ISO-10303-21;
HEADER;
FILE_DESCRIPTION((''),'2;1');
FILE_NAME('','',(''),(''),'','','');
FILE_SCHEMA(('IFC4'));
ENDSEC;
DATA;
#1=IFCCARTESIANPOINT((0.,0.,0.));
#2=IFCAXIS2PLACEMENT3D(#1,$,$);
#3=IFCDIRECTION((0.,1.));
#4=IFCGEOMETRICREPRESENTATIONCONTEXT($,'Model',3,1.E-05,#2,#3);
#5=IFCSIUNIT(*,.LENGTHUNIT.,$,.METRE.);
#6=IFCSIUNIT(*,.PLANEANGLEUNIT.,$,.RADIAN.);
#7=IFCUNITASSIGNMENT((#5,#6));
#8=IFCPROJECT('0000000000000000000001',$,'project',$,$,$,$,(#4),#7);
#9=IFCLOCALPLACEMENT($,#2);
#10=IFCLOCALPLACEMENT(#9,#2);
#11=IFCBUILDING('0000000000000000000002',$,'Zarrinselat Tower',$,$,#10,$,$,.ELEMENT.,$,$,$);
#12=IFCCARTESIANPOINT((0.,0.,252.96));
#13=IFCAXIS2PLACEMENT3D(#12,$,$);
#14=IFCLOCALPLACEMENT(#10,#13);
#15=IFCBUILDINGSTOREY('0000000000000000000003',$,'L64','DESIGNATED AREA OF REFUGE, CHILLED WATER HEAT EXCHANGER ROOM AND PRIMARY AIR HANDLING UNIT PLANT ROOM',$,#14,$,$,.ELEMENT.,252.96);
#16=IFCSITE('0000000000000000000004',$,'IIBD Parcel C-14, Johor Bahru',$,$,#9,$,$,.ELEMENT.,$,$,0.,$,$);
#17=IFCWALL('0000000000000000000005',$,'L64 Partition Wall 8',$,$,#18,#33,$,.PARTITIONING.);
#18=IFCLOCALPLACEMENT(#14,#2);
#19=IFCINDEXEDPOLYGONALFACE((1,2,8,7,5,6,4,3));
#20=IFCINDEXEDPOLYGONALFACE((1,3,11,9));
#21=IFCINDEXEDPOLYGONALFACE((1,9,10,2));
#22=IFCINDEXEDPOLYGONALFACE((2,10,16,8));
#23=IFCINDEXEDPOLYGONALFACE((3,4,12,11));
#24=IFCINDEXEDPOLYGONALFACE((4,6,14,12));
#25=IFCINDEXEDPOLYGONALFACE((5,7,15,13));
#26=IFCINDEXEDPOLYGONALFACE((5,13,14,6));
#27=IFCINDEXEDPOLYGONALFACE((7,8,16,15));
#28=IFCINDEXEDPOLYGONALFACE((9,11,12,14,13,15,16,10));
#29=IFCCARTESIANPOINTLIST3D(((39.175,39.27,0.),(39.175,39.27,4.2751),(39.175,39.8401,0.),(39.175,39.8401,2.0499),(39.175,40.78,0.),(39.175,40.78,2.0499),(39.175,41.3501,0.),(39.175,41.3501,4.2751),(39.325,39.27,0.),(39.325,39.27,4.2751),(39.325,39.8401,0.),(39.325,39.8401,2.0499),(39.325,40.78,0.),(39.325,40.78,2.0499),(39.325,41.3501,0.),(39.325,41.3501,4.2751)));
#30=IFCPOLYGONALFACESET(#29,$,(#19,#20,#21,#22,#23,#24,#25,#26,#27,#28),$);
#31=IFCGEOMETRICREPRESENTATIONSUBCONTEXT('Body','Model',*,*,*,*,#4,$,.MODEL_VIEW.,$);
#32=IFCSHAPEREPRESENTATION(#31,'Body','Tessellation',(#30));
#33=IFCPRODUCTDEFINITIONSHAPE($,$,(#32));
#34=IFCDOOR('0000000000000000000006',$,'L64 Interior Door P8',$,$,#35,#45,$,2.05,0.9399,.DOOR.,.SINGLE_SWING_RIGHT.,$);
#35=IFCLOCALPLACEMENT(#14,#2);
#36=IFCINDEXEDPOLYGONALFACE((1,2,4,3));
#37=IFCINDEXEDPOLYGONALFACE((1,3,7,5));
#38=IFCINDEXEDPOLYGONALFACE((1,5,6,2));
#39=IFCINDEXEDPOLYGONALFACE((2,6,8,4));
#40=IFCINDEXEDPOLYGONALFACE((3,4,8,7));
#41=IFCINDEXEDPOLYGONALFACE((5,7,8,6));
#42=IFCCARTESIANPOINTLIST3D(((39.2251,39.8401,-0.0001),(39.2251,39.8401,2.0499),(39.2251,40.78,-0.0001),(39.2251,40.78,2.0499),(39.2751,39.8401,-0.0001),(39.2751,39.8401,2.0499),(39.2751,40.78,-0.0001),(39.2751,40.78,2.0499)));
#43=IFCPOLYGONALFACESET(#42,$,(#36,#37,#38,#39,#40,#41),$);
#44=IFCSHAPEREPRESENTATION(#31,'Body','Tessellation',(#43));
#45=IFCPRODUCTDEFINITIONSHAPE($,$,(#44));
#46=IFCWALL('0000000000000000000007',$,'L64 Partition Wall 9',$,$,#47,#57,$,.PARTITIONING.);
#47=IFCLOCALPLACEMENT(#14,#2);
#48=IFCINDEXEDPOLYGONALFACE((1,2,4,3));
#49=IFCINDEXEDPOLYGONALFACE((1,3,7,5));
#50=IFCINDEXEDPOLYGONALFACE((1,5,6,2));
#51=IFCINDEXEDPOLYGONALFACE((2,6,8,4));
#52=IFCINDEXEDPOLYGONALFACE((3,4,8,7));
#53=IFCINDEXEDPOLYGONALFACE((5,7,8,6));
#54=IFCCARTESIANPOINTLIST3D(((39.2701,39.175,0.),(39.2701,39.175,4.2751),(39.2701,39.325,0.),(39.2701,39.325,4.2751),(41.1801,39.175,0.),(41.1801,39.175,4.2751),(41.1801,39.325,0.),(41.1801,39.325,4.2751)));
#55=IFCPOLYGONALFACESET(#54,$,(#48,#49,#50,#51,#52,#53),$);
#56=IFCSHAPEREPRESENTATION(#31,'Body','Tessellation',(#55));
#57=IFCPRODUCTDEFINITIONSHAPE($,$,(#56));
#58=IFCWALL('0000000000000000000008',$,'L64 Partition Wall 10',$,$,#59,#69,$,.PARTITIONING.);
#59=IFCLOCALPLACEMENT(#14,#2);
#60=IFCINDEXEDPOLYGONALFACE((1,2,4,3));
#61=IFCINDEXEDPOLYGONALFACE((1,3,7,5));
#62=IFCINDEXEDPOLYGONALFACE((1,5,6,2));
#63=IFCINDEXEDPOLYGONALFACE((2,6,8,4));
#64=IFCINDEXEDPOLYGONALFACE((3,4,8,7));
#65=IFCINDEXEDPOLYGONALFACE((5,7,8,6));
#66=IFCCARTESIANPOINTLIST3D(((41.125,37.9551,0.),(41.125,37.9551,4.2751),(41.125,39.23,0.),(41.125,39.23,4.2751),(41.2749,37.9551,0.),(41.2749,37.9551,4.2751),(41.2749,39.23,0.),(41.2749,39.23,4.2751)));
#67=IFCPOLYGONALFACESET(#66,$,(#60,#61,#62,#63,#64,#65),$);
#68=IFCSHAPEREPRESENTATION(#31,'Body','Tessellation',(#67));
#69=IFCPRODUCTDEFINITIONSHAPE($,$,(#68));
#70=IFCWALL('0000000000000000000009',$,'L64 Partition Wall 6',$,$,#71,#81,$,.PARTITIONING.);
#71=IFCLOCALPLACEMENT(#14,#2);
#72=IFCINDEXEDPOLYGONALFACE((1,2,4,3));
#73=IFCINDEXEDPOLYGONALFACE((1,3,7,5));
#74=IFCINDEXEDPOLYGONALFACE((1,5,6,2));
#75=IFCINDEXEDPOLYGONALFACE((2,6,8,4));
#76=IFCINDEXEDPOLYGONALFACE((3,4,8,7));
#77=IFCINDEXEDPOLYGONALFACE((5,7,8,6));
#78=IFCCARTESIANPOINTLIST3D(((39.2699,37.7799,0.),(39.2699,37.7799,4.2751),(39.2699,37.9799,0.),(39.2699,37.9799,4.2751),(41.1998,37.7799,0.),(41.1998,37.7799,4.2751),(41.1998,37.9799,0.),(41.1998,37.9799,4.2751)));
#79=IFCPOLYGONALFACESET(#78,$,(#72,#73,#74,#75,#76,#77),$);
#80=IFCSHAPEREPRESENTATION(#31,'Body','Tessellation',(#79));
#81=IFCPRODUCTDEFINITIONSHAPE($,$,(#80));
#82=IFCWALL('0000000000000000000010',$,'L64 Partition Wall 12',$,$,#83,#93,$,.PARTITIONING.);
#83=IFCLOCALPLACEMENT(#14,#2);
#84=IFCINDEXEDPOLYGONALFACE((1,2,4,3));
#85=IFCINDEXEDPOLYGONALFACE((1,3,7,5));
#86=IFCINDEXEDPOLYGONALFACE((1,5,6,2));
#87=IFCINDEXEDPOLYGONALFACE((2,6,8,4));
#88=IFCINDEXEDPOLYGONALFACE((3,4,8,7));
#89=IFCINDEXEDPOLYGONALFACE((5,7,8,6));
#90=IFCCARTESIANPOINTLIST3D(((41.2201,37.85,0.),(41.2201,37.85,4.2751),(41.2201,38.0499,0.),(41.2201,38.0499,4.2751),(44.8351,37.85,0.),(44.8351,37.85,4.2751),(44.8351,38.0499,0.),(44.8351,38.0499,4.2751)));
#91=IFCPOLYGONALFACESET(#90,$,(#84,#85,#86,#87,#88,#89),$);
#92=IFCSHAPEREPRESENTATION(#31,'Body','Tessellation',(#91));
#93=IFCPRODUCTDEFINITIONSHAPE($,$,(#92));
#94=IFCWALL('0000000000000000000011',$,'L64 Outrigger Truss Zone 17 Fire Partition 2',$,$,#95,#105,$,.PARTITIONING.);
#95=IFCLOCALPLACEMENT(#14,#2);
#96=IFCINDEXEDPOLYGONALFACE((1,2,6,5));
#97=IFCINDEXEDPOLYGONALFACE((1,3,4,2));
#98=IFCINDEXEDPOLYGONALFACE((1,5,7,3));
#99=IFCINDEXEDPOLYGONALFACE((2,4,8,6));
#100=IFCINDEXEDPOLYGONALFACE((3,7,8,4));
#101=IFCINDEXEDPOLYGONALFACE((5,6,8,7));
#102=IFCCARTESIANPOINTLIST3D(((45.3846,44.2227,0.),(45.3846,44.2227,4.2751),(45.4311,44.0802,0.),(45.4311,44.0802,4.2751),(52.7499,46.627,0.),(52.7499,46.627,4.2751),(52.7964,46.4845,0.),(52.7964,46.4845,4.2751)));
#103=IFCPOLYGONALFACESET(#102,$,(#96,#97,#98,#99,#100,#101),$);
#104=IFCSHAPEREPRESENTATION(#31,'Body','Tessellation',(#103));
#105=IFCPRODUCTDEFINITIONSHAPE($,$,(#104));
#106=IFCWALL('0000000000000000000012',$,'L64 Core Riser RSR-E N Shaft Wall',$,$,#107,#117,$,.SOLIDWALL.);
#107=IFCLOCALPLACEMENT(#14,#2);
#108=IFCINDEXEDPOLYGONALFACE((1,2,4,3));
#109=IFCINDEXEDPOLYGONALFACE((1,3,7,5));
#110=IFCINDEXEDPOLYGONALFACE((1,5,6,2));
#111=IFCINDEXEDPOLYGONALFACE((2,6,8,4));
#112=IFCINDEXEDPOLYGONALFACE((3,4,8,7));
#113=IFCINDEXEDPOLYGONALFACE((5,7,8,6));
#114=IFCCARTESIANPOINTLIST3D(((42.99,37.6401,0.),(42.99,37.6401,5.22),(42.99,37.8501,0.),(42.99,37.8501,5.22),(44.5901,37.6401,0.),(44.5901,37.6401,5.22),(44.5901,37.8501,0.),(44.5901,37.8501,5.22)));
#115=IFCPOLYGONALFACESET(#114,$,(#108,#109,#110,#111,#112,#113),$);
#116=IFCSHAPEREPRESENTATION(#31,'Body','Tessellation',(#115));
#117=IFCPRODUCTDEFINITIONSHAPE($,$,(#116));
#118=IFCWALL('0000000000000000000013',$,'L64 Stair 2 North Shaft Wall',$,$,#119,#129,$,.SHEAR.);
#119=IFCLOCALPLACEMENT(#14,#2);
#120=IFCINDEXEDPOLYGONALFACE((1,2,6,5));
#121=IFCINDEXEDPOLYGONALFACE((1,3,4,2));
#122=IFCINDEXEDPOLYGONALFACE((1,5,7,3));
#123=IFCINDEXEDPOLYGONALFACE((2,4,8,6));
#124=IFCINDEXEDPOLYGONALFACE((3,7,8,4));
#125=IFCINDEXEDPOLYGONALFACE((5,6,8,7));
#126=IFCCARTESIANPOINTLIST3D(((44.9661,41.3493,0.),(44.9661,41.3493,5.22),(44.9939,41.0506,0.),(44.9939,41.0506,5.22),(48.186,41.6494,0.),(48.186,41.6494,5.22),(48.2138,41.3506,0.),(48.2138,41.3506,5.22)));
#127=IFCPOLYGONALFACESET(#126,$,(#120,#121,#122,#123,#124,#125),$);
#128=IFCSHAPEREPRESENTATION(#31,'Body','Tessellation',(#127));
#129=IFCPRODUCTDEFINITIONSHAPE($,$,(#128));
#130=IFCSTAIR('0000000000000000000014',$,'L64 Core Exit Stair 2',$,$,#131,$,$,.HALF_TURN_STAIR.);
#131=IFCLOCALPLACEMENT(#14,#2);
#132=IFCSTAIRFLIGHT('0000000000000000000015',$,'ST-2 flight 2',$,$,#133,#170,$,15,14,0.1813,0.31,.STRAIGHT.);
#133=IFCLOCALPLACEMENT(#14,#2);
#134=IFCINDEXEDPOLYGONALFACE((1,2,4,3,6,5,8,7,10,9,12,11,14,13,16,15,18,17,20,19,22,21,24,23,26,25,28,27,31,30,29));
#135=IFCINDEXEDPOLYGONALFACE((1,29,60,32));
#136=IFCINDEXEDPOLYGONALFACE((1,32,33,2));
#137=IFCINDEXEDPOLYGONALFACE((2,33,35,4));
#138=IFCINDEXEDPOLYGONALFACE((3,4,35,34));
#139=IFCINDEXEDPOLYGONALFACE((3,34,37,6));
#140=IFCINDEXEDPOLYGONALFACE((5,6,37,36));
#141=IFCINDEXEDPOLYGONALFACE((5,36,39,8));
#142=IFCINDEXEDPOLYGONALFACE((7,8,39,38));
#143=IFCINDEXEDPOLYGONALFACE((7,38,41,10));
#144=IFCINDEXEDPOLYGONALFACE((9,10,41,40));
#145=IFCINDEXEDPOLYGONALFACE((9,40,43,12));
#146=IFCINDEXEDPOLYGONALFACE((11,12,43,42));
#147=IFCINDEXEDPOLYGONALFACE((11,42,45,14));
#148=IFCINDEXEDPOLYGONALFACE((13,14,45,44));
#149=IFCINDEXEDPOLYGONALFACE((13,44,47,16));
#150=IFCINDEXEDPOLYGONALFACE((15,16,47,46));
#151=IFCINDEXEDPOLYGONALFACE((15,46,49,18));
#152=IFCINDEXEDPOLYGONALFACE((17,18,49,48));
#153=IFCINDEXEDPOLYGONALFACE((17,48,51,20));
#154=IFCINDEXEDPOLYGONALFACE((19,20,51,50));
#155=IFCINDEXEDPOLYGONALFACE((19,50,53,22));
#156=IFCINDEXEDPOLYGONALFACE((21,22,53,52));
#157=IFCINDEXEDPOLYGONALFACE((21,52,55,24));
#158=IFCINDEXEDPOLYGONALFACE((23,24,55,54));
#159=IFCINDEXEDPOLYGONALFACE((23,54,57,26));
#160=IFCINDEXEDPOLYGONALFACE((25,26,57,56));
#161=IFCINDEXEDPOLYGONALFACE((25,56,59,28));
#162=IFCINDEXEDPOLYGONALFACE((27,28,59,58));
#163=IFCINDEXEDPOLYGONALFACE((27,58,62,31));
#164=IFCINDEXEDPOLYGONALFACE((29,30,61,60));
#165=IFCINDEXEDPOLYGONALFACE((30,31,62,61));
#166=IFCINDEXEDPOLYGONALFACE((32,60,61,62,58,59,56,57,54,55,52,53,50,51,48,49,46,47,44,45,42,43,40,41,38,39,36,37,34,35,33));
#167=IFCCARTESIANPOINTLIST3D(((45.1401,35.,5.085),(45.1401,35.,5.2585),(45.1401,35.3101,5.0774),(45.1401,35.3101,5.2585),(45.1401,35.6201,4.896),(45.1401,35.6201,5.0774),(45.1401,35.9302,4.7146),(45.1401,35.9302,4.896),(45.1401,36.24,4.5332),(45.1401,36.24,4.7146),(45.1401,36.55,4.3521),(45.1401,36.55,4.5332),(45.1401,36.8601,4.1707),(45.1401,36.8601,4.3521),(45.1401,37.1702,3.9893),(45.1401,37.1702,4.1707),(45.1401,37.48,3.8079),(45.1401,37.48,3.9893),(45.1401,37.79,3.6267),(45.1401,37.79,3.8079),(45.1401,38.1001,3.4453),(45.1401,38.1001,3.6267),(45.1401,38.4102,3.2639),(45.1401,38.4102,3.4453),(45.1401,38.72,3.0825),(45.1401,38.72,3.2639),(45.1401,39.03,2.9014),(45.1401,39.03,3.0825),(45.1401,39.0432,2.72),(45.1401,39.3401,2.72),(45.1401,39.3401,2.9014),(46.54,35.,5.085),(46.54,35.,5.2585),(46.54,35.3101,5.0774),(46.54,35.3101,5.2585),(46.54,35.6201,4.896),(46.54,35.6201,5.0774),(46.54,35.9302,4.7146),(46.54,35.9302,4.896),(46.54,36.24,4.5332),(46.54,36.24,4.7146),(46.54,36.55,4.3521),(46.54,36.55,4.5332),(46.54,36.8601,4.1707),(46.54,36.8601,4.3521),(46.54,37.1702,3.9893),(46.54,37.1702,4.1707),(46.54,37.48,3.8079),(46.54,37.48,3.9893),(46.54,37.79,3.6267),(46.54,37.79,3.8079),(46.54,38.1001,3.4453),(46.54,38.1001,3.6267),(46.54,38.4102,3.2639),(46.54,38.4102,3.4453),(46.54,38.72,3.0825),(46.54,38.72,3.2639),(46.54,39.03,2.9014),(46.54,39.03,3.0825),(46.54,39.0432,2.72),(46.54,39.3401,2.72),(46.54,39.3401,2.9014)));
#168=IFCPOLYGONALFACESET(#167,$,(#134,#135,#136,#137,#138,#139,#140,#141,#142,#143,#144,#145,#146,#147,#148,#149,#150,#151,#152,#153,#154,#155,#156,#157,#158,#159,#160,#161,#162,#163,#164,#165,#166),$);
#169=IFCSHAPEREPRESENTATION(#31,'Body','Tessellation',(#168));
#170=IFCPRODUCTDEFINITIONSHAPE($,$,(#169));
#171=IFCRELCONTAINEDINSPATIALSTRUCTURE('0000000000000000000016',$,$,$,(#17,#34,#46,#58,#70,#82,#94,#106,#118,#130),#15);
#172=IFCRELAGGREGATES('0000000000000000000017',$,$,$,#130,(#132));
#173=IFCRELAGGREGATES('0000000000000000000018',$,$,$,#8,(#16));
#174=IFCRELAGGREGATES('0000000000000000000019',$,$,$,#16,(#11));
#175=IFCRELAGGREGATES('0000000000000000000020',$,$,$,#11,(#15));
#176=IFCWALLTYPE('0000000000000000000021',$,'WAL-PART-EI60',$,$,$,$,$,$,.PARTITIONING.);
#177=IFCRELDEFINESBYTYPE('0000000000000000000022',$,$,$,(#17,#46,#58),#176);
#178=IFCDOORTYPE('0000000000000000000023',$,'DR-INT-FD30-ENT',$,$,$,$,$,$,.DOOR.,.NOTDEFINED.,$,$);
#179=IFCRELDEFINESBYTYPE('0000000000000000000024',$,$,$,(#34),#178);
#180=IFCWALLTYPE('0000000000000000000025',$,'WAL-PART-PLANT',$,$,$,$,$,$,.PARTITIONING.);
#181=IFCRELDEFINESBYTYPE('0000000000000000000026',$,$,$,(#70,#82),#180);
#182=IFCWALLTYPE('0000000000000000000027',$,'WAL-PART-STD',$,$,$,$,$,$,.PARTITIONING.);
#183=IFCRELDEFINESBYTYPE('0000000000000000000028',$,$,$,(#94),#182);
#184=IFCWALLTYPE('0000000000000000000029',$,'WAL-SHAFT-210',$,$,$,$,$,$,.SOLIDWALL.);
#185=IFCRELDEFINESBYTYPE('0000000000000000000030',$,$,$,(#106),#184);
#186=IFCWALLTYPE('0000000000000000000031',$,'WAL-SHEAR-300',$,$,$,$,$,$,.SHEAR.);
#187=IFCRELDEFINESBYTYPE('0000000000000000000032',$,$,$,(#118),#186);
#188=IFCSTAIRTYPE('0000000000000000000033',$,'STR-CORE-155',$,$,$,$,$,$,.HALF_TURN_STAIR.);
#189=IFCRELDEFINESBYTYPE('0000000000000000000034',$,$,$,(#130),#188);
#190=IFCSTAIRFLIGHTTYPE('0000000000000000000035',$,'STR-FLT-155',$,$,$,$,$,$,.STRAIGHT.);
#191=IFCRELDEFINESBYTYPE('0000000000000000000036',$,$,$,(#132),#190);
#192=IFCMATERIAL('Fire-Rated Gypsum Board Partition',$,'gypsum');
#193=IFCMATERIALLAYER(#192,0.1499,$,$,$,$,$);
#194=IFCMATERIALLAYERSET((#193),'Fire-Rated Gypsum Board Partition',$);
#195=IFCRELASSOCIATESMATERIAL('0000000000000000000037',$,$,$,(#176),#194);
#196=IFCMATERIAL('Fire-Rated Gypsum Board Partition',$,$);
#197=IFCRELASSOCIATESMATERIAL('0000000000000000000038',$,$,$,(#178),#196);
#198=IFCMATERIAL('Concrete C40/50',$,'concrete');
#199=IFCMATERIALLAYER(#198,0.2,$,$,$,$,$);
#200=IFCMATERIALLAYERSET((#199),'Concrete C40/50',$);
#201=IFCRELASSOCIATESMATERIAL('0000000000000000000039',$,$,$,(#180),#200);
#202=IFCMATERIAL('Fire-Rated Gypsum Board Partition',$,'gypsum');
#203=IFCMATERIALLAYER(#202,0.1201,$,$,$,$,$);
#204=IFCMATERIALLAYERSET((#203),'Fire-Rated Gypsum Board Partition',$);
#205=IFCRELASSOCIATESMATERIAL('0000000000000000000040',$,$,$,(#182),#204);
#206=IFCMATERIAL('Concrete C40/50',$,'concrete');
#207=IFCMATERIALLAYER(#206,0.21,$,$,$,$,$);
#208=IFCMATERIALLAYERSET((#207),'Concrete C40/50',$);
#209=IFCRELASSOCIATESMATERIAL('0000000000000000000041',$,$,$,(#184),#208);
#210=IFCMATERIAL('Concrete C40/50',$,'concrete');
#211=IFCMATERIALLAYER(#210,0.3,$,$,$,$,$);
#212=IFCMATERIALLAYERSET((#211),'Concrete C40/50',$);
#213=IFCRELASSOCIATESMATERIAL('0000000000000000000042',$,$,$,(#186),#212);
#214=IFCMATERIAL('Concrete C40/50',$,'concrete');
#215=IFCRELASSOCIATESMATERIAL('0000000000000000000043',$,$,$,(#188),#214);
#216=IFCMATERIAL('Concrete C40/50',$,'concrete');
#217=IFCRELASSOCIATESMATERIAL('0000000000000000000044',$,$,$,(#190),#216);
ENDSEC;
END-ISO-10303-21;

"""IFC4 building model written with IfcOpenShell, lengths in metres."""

from ifc_helpers import new_model, si_unit, direction, frame, frame_2d, origin, place, context, subcontext, project, spatial, polyline, rectangle, outline, extrude, material, layer, layer_set, type_object, element, fill, aggregate, save


model = new_model("IFC4")

# Units and contexts
model_context = context("Model", 3, precision=1e-05, world=origin(), true_north=direction((0.0, 1.0)))
body_context = subcontext(model_context, "Body", "Model", "MODEL_VIEW")
ifc_project = project(units=[si_unit("LENGTHUNIT", "METRE"), si_unit("PLANEANGLEUNIT", "RADIAN")], contexts=[model_context])

# Site, building, storey
site_placement = place(None, origin())
site = spatial("IfcSite", under=ifc_project, at=site_placement, Name="IIBD Parcel C-14, Johor Bahru", CompositionType="ELEMENT", RefElevation=0.0)
building_placement = place(site_placement, origin())
building = spatial("IfcBuilding", under=site, at=building_placement, Name="Zarrinselat Tower", CompositionType="ELEMENT")
storey_placement = place(building_placement, frame((0.0, 0.0, 252.96)))
storey = spatial("IfcBuildingStorey", under=building, at=storey_placement, Name="L64", Description="DESIGNATED AREA OF REFUGE, CHILLED WATER HEAT EXCHANGER ROOM AND PRIMARY AIR HANDLING UNIT PLANT ROOM", CompositionType="ELEMENT", Elevation=252.96)

# Wall, opening, door
ifc_material_1 = material(Name="Fire-Rated Gypsum Board Partition", Category="gypsum")
ifc_layer_1 = layer(ifc_material_1, 0.1499)
ifc_layer_set_1 = layer_set([ifc_layer_1], Name="Fire-Rated Gypsum Board Partition")
wall_type_1 = type_object("IfcWallType", Name="WAL-PART-EI60", PredefinedType="PARTITIONING", material=ifc_layer_set_1)
wall_1_placement = place(storey_placement, frame((39.25, 39.27, 0.0), z_axis=(0.0, 0.0, 1.0), x_axis=(0.0, 1.0, 0.0)))
wall_1 = element("IfcWall", 1, at=wall_1_placement, inside=storey, type_object=wall_type_1, Name="L64 Partition Wall 8", PredefinedType="PARTITIONING", context=body_context, shape_type="SweptSolid", body=[
    extrude(rectangle(XDim=2.0801, YDim=0.1499, at=frame_2d((1.04, 0.0))), origin(), (0.0, 0.0, 1.0), 4.2751),
])
opening_placement = place(wall_1_placement, frame((0.5701, 0.0, 0.0)))
opening = element("IfcOpeningElement", 2, at=opening_placement, cuts=wall_1, PredefinedType="OPENING", context=body_context, shape_type="SweptSolid", body=[
    extrude(rectangle(XDim=0.9399, YDim=2.05, at=frame_2d((0.47, 1.0249))), frame((0.0, 0.085, 0.0), z_axis=(0.0, -1.0, 0.0), x_axis=(1.0, 0.0, 0.0)), (0.0, 0.0, 1.0), 0.1699),
])
ifc_material_2 = material(Name="Fire-Rated Gypsum Board Partition")
door_type = type_object("IfcDoorType", Name="DR-INT-FD30-ENT", OperationType="NOTDEFINED", PredefinedType="DOOR", material=ifc_material_2)
door_placement = place(opening_placement, origin())
door = element("IfcDoor", 3, at=door_placement, inside=storey, type_object=door_type, Name="L64 Interior Door P8", OperationType="SINGLE_SWING_RIGHT", OverallHeight=2.05, OverallWidth=0.9399, PredefinedType="DOOR", context=body_context, shape_type="SweptSolid", body=[
    extrude(rectangle(XDim=0.9399, YDim=2.05, at=frame_2d((0.47, 1.0249))), frame((0.0, 0.0249, 0.0), z_axis=(0.0, -1.0, 0.0), x_axis=(1.0, 0.0, 0.0)), (0.0, 0.0, 1.0), 0.05),
])
fill(opening, door)

# Walls
wall_2_placement = place(storey_placement, frame((39.27, 39.25, 0.0), z_axis=(0.0, 0.0, 1.0), x_axis=(1.0, 0.0, 0.0)))
element("IfcWall", 4, at=wall_2_placement, inside=storey, type_object=wall_type_1, Name="L64 Partition Wall 9", PredefinedType="PARTITIONING", context=body_context, shape_type="SweptSolid", body=[
    extrude(rectangle(XDim=1.9099, YDim=0.1499, at=frame_2d((0.9551, 0.0))), origin(), (0.0, 0.0, 1.0), 4.2751),
])
wall_3_placement = place(storey_placement, frame((41.2, 37.9551, 0.0), z_axis=(0.0, 0.0, 1.0), x_axis=(0.0, 1.0, 0.0)))
element("IfcWall", 5, at=wall_3_placement, inside=storey, type_object=wall_type_1, Name="L64 Partition Wall 10", PredefinedType="PARTITIONING", context=body_context, shape_type="SweptSolid", body=[
    extrude(rectangle(XDim=1.2749, YDim=0.1499, at=frame_2d((0.6375, 0.0))), origin(), (0.0, 0.0, 1.0), 4.2751),
])
ifc_material_3 = material(Name="Concrete C40/50", Category="concrete")
ifc_layer_2 = layer(ifc_material_3, 0.2)
ifc_layer_set_2 = layer_set([ifc_layer_2], Name="Concrete C40/50")
wall_type_2 = type_object("IfcWallType", Name="WAL-PART-PLANT", PredefinedType="PARTITIONING", material=ifc_layer_set_2)
wall_4_placement = place(storey_placement, frame((39.27, 37.8799, 0.0), z_axis=(0.0, 0.0, 1.0), x_axis=(1.0, 0.0, 0.0)))
element("IfcWall", 6, at=wall_4_placement, inside=storey, type_object=wall_type_2, Name="L64 Partition Wall 6", PredefinedType="PARTITIONING", context=body_context, shape_type="SweptSolid", body=[
    extrude(rectangle(XDim=1.9299, YDim=0.2, at=frame_2d((0.9648, 0.0))), origin(), (0.0, 0.0, 1.0), 4.2751),
])
wall_5_placement = place(storey_placement, frame((41.22, 37.95, 0.0), z_axis=(0.0, 0.0, 1.0), x_axis=(1.0, 0.0, 0.0)))
element("IfcWall", 7, at=wall_5_placement, inside=storey, type_object=wall_type_2, Name="L64 Partition Wall 12", PredefinedType="PARTITIONING", context=body_context, shape_type="SweptSolid", body=[
    extrude(rectangle(XDim=3.615, YDim=0.2, at=frame_2d((1.8076, 0.0))), origin(), (0.0, 0.0, 1.0), 4.2751),
])
ifc_material_4 = material(Name="Fire-Rated Gypsum Board Partition", Category="gypsum")
ifc_layer_3 = layer(ifc_material_4, 0.1201)
ifc_layer_set_3 = layer_set([ifc_layer_3], Name="Fire-Rated Gypsum Board Partition")
wall_type_3 = type_object("IfcWallType", Name="WAL-PART-STD", PredefinedType="PARTITIONING", material=ifc_layer_set_3)
wall_6_placement = place(storey_placement, frame((45.4077, 44.1514, 0.0), z_axis=(0.0, 0.0, 1.0), x_axis=(0.950631, 0.310323, 0.0)))
element("IfcWall", 8, at=wall_6_placement, inside=storey, type_object=wall_type_3, Name="L64 Outrigger Truss Zone 17 Fire Partition 2", PredefinedType="PARTITIONING", context=body_context, shape_type="SweptSolid", body=[
    extrude(rectangle(XDim=7.7478, YDim=0.1499, at=frame_2d((3.874, 0.0))), origin(), (0.0, 0.0, 1.0), 4.2751),
])
ifc_material_5 = material(Name="Concrete C40/50", Category="concrete")
ifc_layer_4 = layer(ifc_material_5, 0.21)
ifc_layer_set_4 = layer_set([ifc_layer_4], Name="Concrete C40/50")
wall_type_4 = type_object("IfcWallType", Name="WAL-SHAFT-210", PredefinedType="SOLIDWALL", material=ifc_layer_set_4)
wall_7_placement = place(storey_placement, frame((42.99, 37.7451, 0.0), z_axis=(0.0, 0.0, 1.0), x_axis=(1.0, 0.0, 0.0)))
element("IfcWall", 9, at=wall_7_placement, inside=storey, type_object=wall_type_4, Name="L64 Core Riser RSR-E N Shaft Wall", PredefinedType="SOLIDWALL", context=body_context, shape_type="SweptSolid", body=[
    extrude(rectangle(XDim=1.6001, YDim=0.21, at=frame_2d((0.8, 0.0))), origin(), (0.0, 0.0, 1.0), 5.22),
])
ifc_material_6 = material(Name="Concrete C40/50", Category="concrete")
ifc_layer_5 = layer(ifc_material_6, 0.3)
ifc_layer_set_5 = layer_set([ifc_layer_5], Name="Concrete C40/50")
wall_type_5 = type_object("IfcWallType", Name="WAL-SHEAR-300", PredefinedType="SHEAR", material=ifc_layer_set_5)
wall_8_placement = place(storey_placement, frame((44.98, 41.2, 0.0), z_axis=(0.0, 0.0, 1.0), x_axis=(0.995686, 0.092782, 0.0)))
element("IfcWall", 10, at=wall_8_placement, inside=storey, type_object=wall_type_5, Name="L64 Stair 2 North Shaft Wall", PredefinedType="SHEAR", context=body_context, shape_type="SweptSolid", body=[
    extrude(rectangle(XDim=3.2339, YDim=0.3, at=frame_2d((1.6169, 0.0))), origin(), (0.0, 0.0, 1.0), 5.22),
])

# Stair, stair flight
ifc_material_7 = material(Name="Concrete C40/50", Category="concrete")
stair_type = type_object("IfcStairType", Name="STR-CORE-155", PredefinedType="HALF_TURN_STAIR", material=ifc_material_7)
stair_placement = place(storey_placement, origin())
stair = element("IfcStair", 11, at=stair_placement, inside=storey, type_object=stair_type, Name="L64 Core Exit Stair 2", PredefinedType="HALF_TURN_STAIR")
ifc_material_8 = material(Name="Concrete C40/50", Category="concrete")
stair_flight_type = type_object("IfcStairFlightType", Name="STR-FLT-155", PredefinedType="STRAIGHT", material=ifc_material_8)
stair_flight_placement = place(storey_placement, frame((45.8401, 39.3401, 2.72), z_axis=(0.0, 0.0, 1.0), x_axis=(0.0, -1.0, 0.0)))
stair_flight = element("IfcStairFlight", 12, at=stair_flight_placement, type_object=stair_flight_type, Name="ST-2 flight 2", NumberOfRisers=15, NumberOfTreads=14, PredefinedType="STRAIGHT", RiserHeight=0.1813, TreadLength=0.31, context=body_context, shape_type="SweptSolid", body=[
    extrude(outline(polyline([(0.0, 0.0), (0.0, 0.1814), (0.3101, 0.1814), (0.3101, 0.3625), (0.6201, 0.3625), (0.6201, 0.5439), (0.9299, 0.5439), (0.9299, 0.7253), (1.24, 0.7253), (1.24, 0.9067), (1.55, 0.9067), (1.55, 1.0879), (1.8601, 1.0879), (1.8601, 1.2693), (2.1699, 1.2693), (2.1699, 1.4507), (2.48, 1.4507), (2.48, 1.6321), (2.79, 1.6321), (2.79, 1.8132), (3.1001, 1.8132), (3.1001, 1.9946), (3.4099, 1.9946), (3.4099, 2.176), (3.72, 2.176), (3.72, 2.3574), (4.03, 2.3574), (4.03, 2.5386), (4.3401, 2.5386), (4.3401, 2.72), (4.3401, 2.365), (0.2969, 0.0), (0.0, 0.0)])), frame((0.0, 0.7, 0.0), z_axis=(0.0, -1.0, 0.0), x_axis=(1.0, 0.0, 0.0)), (0.0, 0.0, 1.0), 1.3999),
])
aggregate(stair, [stair_flight])

save(model, "model.ifc")
